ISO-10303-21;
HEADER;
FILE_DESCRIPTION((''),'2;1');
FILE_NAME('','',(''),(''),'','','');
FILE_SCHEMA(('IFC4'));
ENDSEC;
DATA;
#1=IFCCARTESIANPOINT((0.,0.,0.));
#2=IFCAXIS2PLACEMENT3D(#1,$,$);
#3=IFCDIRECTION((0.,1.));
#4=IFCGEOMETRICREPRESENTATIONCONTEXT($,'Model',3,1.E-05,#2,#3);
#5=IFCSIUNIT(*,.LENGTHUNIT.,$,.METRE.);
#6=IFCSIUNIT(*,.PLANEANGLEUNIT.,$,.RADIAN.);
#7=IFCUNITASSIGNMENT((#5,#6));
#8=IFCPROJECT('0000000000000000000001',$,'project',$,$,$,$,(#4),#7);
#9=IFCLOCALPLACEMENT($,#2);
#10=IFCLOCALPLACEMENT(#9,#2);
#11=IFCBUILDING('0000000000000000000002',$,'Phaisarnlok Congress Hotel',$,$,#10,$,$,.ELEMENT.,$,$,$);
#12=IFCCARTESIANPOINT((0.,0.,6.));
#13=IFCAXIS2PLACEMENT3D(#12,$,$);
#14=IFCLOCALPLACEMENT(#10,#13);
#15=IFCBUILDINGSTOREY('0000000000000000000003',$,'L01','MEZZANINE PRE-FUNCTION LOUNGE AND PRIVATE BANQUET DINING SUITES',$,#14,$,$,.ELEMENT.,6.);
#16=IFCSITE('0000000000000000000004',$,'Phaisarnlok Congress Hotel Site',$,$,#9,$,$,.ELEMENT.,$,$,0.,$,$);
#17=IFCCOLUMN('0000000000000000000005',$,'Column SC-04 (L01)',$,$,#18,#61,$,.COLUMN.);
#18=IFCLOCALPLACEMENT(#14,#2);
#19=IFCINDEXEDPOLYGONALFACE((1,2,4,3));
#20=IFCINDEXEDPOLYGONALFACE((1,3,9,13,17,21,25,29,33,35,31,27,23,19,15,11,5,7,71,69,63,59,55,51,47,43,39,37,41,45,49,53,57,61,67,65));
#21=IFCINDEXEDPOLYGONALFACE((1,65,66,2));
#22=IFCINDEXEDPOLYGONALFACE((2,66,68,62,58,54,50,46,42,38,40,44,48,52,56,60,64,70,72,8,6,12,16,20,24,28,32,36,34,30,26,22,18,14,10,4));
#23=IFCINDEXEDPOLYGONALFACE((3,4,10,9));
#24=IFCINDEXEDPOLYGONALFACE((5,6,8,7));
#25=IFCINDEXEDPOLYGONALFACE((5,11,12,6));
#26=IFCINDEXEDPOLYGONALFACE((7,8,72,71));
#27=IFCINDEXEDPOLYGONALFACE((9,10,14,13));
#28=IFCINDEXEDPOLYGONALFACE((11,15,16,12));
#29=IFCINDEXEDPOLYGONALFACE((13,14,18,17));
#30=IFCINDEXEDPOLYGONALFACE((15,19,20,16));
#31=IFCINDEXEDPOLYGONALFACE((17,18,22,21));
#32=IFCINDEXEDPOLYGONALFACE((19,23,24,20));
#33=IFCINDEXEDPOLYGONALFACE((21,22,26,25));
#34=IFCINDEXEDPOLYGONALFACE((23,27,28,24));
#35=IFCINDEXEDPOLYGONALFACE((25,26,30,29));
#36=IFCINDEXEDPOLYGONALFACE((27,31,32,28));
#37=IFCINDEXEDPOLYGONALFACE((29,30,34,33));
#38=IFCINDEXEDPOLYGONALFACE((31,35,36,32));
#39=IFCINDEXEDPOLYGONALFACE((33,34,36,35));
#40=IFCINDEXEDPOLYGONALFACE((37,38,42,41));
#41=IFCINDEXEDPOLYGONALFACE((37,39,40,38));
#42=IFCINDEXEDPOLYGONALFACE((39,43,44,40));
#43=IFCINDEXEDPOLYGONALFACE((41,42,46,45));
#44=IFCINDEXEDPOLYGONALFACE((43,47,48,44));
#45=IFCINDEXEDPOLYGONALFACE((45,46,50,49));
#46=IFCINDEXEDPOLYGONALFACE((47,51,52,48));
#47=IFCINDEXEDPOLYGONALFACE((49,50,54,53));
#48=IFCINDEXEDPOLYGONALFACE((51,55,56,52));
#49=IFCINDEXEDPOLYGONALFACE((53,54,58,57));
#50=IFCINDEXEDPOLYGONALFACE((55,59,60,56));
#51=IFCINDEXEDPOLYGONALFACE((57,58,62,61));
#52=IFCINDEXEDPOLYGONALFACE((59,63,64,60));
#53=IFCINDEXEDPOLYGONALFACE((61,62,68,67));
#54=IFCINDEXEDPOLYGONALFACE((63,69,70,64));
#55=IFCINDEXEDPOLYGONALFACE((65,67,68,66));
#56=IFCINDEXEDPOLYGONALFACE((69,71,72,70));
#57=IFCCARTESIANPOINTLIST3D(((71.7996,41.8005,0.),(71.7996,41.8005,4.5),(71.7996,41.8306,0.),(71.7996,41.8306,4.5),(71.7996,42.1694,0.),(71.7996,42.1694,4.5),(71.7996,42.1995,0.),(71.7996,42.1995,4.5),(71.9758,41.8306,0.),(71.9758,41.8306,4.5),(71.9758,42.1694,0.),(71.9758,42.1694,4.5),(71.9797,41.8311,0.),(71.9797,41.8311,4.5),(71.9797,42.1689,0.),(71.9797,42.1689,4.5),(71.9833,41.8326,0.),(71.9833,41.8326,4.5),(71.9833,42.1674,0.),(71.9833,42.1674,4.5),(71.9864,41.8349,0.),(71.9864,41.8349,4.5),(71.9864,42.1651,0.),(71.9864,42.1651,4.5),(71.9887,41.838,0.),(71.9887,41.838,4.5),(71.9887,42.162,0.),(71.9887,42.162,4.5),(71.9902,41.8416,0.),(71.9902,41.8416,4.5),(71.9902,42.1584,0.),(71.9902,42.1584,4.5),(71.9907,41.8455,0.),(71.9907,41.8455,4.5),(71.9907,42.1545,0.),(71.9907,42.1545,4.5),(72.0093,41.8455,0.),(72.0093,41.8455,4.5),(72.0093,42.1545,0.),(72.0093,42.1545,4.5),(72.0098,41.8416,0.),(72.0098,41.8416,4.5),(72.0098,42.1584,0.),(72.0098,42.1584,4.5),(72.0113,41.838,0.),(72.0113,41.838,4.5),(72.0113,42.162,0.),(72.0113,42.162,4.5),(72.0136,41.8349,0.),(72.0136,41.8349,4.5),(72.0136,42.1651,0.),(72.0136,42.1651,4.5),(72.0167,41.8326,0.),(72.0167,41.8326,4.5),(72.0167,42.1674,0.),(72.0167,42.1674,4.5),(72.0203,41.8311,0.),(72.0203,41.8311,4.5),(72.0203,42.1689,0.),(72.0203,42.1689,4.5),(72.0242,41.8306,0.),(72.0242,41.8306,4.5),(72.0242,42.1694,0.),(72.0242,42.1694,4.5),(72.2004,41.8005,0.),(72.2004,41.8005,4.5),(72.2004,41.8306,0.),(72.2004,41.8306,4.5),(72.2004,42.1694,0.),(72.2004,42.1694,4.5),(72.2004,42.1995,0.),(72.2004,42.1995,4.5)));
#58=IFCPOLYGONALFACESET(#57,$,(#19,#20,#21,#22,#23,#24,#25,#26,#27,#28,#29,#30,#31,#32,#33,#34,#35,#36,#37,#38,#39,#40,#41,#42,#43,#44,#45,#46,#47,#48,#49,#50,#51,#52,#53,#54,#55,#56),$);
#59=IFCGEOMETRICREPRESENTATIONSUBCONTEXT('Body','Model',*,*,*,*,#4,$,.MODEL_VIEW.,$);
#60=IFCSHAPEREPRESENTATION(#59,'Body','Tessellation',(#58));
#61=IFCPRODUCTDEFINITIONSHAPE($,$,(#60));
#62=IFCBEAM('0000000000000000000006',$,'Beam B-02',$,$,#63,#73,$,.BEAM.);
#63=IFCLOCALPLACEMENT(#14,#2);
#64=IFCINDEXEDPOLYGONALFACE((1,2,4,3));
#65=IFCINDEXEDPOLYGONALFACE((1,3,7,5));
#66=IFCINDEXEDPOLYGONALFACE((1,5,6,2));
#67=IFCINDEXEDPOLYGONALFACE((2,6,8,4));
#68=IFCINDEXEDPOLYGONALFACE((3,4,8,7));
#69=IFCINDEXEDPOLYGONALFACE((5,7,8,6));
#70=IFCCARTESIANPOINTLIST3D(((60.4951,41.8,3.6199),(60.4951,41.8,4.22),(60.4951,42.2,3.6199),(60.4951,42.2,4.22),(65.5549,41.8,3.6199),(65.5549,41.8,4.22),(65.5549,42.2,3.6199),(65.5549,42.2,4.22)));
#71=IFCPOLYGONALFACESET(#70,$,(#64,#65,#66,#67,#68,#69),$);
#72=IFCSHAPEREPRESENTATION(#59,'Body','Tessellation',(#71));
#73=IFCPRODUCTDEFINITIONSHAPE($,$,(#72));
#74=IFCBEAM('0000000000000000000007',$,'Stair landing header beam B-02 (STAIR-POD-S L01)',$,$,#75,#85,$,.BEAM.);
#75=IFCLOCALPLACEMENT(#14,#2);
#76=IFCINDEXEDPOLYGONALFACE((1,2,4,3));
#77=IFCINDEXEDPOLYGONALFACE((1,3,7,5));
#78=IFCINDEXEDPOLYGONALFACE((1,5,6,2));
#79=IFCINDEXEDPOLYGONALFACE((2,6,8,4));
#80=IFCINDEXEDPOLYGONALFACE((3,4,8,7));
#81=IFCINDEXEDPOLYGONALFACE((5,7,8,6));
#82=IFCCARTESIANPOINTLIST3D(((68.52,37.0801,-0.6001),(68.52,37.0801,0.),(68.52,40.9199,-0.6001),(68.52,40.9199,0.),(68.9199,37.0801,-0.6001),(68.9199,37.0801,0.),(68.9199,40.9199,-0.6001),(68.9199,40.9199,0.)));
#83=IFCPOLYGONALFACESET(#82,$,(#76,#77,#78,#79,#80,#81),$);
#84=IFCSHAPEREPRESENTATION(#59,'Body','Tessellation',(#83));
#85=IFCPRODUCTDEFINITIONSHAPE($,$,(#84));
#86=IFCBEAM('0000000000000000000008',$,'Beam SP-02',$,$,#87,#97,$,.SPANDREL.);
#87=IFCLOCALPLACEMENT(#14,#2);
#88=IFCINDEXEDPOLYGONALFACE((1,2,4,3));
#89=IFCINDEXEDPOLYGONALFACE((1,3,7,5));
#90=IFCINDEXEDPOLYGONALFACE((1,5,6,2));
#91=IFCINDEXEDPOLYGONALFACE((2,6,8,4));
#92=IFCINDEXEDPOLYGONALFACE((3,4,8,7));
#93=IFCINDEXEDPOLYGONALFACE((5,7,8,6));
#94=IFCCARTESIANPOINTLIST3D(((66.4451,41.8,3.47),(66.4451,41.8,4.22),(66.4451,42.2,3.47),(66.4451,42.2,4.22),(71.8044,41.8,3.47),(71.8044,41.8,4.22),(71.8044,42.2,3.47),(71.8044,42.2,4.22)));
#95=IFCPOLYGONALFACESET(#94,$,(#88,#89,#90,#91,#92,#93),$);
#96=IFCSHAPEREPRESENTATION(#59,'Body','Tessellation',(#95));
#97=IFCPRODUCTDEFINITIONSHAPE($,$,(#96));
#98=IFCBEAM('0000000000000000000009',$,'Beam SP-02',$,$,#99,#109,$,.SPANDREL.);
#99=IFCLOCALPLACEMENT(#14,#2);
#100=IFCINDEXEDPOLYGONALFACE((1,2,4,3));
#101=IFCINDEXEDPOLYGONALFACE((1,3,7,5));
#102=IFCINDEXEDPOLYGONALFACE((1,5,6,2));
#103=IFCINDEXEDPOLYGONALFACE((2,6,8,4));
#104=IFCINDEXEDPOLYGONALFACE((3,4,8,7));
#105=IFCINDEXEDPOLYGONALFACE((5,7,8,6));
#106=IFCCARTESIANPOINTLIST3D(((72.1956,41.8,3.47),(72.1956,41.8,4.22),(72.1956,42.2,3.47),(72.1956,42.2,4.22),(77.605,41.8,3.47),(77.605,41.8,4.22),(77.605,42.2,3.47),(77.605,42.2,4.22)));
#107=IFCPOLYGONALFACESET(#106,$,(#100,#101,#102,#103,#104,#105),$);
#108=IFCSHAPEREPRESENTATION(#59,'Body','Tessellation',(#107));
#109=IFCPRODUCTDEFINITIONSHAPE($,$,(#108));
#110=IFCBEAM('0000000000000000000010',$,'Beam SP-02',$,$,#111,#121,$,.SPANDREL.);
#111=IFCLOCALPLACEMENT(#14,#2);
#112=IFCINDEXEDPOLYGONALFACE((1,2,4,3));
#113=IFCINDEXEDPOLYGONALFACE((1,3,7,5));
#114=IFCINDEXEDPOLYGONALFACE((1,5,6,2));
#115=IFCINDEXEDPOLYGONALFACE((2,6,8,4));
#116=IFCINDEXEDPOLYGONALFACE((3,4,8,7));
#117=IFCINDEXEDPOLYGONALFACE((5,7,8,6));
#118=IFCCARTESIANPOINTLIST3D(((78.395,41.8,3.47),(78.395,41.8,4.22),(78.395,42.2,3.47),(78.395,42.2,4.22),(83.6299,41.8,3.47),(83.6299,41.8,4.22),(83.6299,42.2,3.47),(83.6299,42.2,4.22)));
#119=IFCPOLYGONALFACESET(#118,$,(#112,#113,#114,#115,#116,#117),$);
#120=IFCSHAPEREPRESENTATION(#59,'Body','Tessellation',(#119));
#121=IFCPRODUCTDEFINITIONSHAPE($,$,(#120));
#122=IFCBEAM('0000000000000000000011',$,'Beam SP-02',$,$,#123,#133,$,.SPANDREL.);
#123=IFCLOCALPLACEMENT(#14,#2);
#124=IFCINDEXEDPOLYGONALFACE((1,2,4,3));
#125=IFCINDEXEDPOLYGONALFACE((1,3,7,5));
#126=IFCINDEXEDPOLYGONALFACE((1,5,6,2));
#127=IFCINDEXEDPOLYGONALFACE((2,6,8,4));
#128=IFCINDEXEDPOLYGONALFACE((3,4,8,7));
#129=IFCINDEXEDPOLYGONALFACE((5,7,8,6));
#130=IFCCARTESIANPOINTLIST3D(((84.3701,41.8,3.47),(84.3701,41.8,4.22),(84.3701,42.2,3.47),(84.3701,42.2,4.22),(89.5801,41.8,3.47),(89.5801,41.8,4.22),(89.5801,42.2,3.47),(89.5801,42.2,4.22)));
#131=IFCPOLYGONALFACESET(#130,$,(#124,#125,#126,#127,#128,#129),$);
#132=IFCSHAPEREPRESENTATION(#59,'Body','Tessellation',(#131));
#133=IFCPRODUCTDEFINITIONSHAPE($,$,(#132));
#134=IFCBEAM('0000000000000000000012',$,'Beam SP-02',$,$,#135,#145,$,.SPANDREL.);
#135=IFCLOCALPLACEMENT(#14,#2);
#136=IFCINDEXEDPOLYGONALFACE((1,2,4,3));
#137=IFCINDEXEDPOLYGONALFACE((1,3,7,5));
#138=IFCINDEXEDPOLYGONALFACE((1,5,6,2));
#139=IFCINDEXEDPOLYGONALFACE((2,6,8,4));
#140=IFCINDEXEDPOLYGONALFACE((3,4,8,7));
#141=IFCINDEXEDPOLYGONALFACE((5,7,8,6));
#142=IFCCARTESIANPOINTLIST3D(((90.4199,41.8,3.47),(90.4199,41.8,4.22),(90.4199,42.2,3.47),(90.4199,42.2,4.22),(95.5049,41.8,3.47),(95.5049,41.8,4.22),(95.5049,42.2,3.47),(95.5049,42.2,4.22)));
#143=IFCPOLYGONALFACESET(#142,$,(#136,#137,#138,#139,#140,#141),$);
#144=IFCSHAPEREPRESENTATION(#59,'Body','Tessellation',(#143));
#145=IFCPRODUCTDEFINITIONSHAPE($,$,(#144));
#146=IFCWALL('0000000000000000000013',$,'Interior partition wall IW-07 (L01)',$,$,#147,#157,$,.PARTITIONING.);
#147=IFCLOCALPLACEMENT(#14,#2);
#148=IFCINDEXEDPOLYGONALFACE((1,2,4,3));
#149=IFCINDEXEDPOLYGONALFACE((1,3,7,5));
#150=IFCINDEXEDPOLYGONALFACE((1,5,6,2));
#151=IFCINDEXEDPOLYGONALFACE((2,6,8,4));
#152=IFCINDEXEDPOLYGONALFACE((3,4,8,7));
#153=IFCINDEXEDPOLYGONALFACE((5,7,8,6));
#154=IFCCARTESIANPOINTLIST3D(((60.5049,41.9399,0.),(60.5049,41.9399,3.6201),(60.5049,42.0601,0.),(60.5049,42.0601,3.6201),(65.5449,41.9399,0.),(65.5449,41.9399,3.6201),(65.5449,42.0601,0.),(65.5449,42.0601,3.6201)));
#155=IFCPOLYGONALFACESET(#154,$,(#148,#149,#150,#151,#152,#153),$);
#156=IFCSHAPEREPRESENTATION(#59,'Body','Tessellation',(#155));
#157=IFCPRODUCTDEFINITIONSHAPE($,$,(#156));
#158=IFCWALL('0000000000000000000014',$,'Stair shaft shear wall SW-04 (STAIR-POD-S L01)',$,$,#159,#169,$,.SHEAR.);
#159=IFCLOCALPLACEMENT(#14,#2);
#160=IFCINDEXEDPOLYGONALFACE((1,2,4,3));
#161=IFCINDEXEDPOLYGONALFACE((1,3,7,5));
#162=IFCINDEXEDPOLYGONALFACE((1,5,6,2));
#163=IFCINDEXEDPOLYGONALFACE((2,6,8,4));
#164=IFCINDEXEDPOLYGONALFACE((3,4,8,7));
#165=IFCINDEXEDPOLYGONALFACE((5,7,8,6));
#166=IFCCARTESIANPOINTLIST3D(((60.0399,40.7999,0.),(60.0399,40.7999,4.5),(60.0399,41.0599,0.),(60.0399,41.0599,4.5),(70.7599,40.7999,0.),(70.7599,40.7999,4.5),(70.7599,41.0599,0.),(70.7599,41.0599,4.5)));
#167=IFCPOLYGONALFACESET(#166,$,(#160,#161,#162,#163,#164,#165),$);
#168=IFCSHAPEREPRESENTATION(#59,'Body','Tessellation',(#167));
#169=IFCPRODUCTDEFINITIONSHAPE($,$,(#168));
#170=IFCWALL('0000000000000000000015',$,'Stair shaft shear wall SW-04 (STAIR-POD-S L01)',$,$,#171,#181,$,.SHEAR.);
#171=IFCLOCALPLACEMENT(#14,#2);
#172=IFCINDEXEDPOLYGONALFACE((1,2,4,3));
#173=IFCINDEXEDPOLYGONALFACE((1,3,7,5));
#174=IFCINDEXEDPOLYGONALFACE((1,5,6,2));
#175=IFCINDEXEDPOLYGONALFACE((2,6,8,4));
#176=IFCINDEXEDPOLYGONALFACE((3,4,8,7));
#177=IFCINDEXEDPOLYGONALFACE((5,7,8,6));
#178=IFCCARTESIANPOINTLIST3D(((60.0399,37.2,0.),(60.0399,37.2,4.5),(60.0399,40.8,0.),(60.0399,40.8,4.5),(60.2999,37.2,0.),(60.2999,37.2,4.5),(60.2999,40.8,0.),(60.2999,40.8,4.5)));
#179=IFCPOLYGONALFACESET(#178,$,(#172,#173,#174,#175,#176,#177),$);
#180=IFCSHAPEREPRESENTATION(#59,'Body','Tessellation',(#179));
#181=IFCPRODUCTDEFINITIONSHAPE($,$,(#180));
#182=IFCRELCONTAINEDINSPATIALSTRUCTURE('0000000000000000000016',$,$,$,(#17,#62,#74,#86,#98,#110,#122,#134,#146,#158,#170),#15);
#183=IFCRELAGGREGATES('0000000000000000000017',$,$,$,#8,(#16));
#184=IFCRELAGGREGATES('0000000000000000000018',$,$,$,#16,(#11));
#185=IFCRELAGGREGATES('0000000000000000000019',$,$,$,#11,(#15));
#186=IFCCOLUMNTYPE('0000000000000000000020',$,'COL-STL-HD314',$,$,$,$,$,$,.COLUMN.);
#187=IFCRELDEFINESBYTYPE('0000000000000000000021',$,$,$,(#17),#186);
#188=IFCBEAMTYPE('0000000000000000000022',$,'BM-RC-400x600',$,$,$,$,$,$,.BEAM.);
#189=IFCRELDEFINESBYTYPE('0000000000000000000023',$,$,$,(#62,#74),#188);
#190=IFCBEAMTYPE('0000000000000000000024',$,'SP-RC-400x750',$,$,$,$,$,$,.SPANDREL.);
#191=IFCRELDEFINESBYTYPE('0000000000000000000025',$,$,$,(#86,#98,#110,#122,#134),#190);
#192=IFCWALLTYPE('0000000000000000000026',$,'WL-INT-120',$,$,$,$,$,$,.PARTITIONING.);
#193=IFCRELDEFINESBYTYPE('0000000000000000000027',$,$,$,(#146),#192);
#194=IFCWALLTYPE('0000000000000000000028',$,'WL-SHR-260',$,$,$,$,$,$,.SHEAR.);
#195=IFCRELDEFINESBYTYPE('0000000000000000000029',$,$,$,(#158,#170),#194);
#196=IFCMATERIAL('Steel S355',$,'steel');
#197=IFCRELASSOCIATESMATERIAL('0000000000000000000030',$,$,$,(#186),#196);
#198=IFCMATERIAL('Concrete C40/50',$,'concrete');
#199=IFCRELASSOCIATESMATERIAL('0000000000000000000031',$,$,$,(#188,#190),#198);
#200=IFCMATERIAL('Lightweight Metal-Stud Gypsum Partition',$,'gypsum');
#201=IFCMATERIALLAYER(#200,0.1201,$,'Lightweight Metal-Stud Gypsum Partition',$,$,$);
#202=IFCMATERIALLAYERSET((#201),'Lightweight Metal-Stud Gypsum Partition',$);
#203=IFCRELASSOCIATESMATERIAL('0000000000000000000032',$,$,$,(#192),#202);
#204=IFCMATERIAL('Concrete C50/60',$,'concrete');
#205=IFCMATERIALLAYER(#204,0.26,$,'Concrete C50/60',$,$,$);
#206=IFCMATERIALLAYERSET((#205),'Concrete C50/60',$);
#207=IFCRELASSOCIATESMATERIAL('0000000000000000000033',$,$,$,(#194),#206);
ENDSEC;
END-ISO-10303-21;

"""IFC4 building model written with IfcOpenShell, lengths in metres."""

from ifc_helpers import new_model, si_unit, direction, frame, frame_2d, origin, origin_2d, place, context, subcontext, project, spatial, rectangle, i_section, extrude, material, layer, layer_set, material_profile, profile_set, type_object, element, save


model = new_model("IFC4")

# Units and contexts
model_context = context("Model", 3, precision=1e-05, world=origin(), true_north=direction((0.0, 1.0)))
body_context = subcontext(model_context, "Body", "Model", "MODEL_VIEW")
ifc_project = project(units=[si_unit("LENGTHUNIT", "METRE"), si_unit("PLANEANGLEUNIT", "RADIAN")], contexts=[model_context])

# Site, building, storey
site_placement = place(None, origin())
site = spatial("IfcSite", under=ifc_project, at=site_placement, Name="Phaisarnlok Congress Hotel Site", CompositionType="ELEMENT", RefElevation=0.0)
building_placement = place(site_placement, origin())
building = spatial("IfcBuilding", under=site, at=building_placement, Name="Phaisarnlok Congress Hotel", CompositionType="ELEMENT")
storey_placement = place(building_placement, frame((0.0, 0.0, 6.0)))
storey = spatial("IfcBuildingStorey", under=building, at=storey_placement, Name="L01", Description="MEZZANINE PRE-FUNCTION LOUNGE AND PRIVATE BANQUET DINING SUITES", CompositionType="ELEMENT", Elevation=6.0)

# Column
ifc_material_1 = material(Name="Concrete C50/60", Category="concrete")
ifc_material_2 = material(Name="Steel S355", Category="steel")
ifc_material_profile_1 = material_profile(ifc_material_2, i_section(OverallWidth=0.4009, OverallDepth=0.3989, WebThickness=0.0186, FlangeThickness=0.03, FilletRadius=0.0149, at=origin_2d()), Name="HD 400x314")
ifc_profile_set_1 = profile_set([ifc_material_profile_1], Name="Steel S355")
column_type_1 = type_object("IfcColumnType", Name="COL-STL-HD314", PredefinedType="COLUMN", material=ifc_profile_set_1)
column_1_placement = place(storey_placement, frame((72.0, 42.0, 0.0), z_axis=(0.0, 0.0, 1.0), x_axis=(1.0, 0.0, 0.0)))
element("IfcColumn", 1, at=column_1_placement, inside=storey, type_object=column_type_1, Name="Column SC-04 (L01)", PredefinedType="COLUMN", context=body_context, shape_type="SweptSolid", body=[
    extrude(i_section(OverallWidth=0.4009, OverallDepth=0.3989, WebThickness=0.0186, FlangeThickness=0.03, FilletRadius=0.0149, at=origin_2d()), origin(), (0.0, 0.0, 1.0), 4.5),
])

# Beams
ifc_material_3 = material(Name="Concrete C40/50", Category="concrete")
ifc_material_profile_2 = material_profile(ifc_material_3, rectangle(XDim=0.3999, YDim=0.6001, at=origin_2d()), Name="RC 400x600")
ifc_profile_set_2 = profile_set([ifc_material_profile_2], Name="Concrete C40/50")
beam_type_1 = type_object("IfcBeamType", Name="BM-RC-400x600", PredefinedType="BEAM", material=ifc_profile_set_2)
beam_1_placement = place(storey_placement, frame((60.4951, 42.0, 3.9199), z_axis=(1.0, 0.0, 0.0), x_axis=(0.0, 1.0, 0.0)))
element("IfcBeam", 2, at=beam_1_placement, inside=storey, type_object=beam_type_1, Name="Beam B-02", PredefinedType="BEAM", context=body_context, shape_type="SweptSolid", body=[
    extrude(rectangle(XDim=0.3999, YDim=0.6001, at=origin_2d()), origin(), (0.0, 0.0, 1.0), 5.0598),
])
beam_2_placement = place(storey_placement, frame((68.72, 37.0801, -0.3), z_axis=(0.0, 1.0, 0.0), x_axis=(-1.0, 0.0, 0.0)))
element("IfcBeam", 3, at=beam_2_placement, inside=storey, type_object=beam_type_1, Name="Stair landing header beam B-02 (STAIR-POD-S L01)", PredefinedType="BEAM", context=body_context, shape_type="SweptSolid", body=[
    extrude(rectangle(XDim=0.3999, YDim=0.6001, at=origin_2d()), origin(), (0.0, 0.0, 1.0), 3.8398),
])
ifc_material_profile_3 = material_profile(ifc_material_3, rectangle(XDim=0.3999, YDim=0.75, at=origin_2d()), Name="RC 400x750")
ifc_profile_set_3 = profile_set([ifc_material_profile_3], Name="Concrete C40/50")
beam_type_2 = type_object("IfcBeamType", Name="SP-RC-400x750", PredefinedType="SPANDREL", material=ifc_profile_set_3)
beam_3_placement = place(storey_placement, frame((66.4451, 42.0, 3.845), z_axis=(1.0, 0.0, 0.0), x_axis=(0.0, 1.0, 0.0)))
element("IfcBeam", 4, at=beam_3_placement, inside=storey, type_object=beam_type_2, Name="Beam SP-02", PredefinedType="SPANDREL", context=body_context, shape_type="SweptSolid", body=[
    extrude(rectangle(XDim=0.3999, YDim=0.75, at=origin_2d()), origin(), (0.0, 0.0, 1.0), 5.3594),
])
beam_4_placement = place(storey_placement, frame((72.1956, 42.0, 3.845), z_axis=(1.0, 0.0, 0.0), x_axis=(0.0, 1.0, 0.0)))
element("IfcBeam", 5, at=beam_4_placement, inside=storey, type_object=beam_type_2, Name="Beam SP-02", PredefinedType="SPANDREL", context=body_context, shape_type="SweptSolid", body=[
    extrude(rectangle(XDim=0.3999, YDim=0.75, at=origin_2d()), origin(), (0.0, 0.0, 1.0), 5.4094),
])
beam_5_placement = place(storey_placement, frame((78.395, 42.0, 3.845), z_axis=(1.0, 0.0, 0.0), x_axis=(0.0, 1.0, 0.0)))
element("IfcBeam", 6, at=beam_5_placement, inside=storey, type_object=beam_type_2, Name="Beam SP-02", PredefinedType="SPANDREL", context=body_context, shape_type="SweptSolid", body=[
    extrude(rectangle(XDim=0.3999, YDim=0.75, at=origin_2d()), origin(), (0.0, 0.0, 1.0), 5.2349),
])
beam_6_placement = place(storey_placement, frame((84.3701, 42.0, 3.845), z_axis=(1.0, 0.0, 0.0), x_axis=(0.0, 1.0, 0.0)))
element("IfcBeam", 7, at=beam_6_placement, inside=storey, type_object=beam_type_2, Name="Beam SP-02", PredefinedType="SPANDREL", context=body_context, shape_type="SweptSolid", body=[
    extrude(rectangle(XDim=0.3999, YDim=0.75, at=origin_2d()), origin(), (0.0, 0.0, 1.0), 5.21),
])
beam_7_placement = place(storey_placement, frame((90.4199, 42.0, 3.845), z_axis=(1.0, 0.0, 0.0), x_axis=(0.0, 1.0, 0.0)))
element("IfcBeam", 8, at=beam_7_placement, inside=storey, type_object=beam_type_2, Name="Beam SP-02", PredefinedType="SPANDREL", context=body_context, shape_type="SweptSolid", body=[
    extrude(rectangle(XDim=0.3999, YDim=0.75, at=origin_2d()), origin(), (0.0, 0.0, 1.0), 5.085),
])

# Walls
ifc_material_4 = material(Name="Lightweight Metal-Stud Gypsum Partition", Category="gypsum")
ifc_layer_1 = layer(ifc_material_4, 0.1201, Name="Lightweight Metal-Stud Gypsum Partition")
ifc_layer_set_1 = layer_set([ifc_layer_1], Name="Lightweight Metal-Stud Gypsum Partition")
wall_type_1 = type_object("IfcWallType", Name="WL-INT-120", PredefinedType="PARTITIONING", material=ifc_layer_set_1)
wall_1_placement = place(storey_placement, frame((60.5049, 42.0, 0.0), z_axis=(0.0, 0.0, 1.0), x_axis=(1.0, 0.0, 0.0)))
element("IfcWall", 9, at=wall_1_placement, inside=storey, type_object=wall_type_1, Name="Interior partition wall IW-07 (L01)", PredefinedType="PARTITIONING", context=body_context, shape_type="SweptSolid", body=[
    extrude(rectangle(XDim=5.04, YDim=0.1201, at=frame_2d((2.52, 0.0))), origin(), (0.0, 0.0, 1.0), 3.6201),
])
ifc_layer_2 = layer(ifc_material_1, 0.26, Name="Concrete C50/60")
ifc_layer_set_2 = layer_set([ifc_layer_2], Name="Concrete C50/60")
wall_type_2 = type_object("IfcWallType", Name="WL-SHR-260", PredefinedType="SHEAR", material=ifc_layer_set_2)
wall_2_placement = place(storey_placement, frame((60.04, 40.9299, 0.0), z_axis=(0.0, 0.0, 1.0), x_axis=(1.0, 0.0, 0.0)))
element("IfcWall", 10, at=wall_2_placement, inside=storey, type_object=wall_type_2, Name="Stair shaft shear wall SW-04 (STAIR-POD-S L01)", PredefinedType="SHEAR", context=body_context, shape_type="SweptSolid", body=[
    extrude(rectangle(XDim=10.72, YDim=0.26, at=frame_2d((5.3599, 0.0))), origin(), (0.0, 0.0, 1.0), 4.5),
])
wall_3_placement = place(storey_placement, frame((60.1699, 37.2, 0.0), z_axis=(0.0, 0.0, 1.0), x_axis=(0.0, 1.0, 0.0)))
element("IfcWall", 11, at=wall_3_placement, inside=storey, type_object=wall_type_2, Name="Stair shaft shear wall SW-04 (STAIR-POD-S L01)", PredefinedType="SHEAR", context=body_context, shape_type="SweptSolid", body=[
    extrude(rectangle(XDim=3.6001, YDim=0.26, at=frame_2d((1.8, 0.0))), origin(), (0.0, 0.0, 1.0), 4.5),
])

save(model, "model.ifc")
